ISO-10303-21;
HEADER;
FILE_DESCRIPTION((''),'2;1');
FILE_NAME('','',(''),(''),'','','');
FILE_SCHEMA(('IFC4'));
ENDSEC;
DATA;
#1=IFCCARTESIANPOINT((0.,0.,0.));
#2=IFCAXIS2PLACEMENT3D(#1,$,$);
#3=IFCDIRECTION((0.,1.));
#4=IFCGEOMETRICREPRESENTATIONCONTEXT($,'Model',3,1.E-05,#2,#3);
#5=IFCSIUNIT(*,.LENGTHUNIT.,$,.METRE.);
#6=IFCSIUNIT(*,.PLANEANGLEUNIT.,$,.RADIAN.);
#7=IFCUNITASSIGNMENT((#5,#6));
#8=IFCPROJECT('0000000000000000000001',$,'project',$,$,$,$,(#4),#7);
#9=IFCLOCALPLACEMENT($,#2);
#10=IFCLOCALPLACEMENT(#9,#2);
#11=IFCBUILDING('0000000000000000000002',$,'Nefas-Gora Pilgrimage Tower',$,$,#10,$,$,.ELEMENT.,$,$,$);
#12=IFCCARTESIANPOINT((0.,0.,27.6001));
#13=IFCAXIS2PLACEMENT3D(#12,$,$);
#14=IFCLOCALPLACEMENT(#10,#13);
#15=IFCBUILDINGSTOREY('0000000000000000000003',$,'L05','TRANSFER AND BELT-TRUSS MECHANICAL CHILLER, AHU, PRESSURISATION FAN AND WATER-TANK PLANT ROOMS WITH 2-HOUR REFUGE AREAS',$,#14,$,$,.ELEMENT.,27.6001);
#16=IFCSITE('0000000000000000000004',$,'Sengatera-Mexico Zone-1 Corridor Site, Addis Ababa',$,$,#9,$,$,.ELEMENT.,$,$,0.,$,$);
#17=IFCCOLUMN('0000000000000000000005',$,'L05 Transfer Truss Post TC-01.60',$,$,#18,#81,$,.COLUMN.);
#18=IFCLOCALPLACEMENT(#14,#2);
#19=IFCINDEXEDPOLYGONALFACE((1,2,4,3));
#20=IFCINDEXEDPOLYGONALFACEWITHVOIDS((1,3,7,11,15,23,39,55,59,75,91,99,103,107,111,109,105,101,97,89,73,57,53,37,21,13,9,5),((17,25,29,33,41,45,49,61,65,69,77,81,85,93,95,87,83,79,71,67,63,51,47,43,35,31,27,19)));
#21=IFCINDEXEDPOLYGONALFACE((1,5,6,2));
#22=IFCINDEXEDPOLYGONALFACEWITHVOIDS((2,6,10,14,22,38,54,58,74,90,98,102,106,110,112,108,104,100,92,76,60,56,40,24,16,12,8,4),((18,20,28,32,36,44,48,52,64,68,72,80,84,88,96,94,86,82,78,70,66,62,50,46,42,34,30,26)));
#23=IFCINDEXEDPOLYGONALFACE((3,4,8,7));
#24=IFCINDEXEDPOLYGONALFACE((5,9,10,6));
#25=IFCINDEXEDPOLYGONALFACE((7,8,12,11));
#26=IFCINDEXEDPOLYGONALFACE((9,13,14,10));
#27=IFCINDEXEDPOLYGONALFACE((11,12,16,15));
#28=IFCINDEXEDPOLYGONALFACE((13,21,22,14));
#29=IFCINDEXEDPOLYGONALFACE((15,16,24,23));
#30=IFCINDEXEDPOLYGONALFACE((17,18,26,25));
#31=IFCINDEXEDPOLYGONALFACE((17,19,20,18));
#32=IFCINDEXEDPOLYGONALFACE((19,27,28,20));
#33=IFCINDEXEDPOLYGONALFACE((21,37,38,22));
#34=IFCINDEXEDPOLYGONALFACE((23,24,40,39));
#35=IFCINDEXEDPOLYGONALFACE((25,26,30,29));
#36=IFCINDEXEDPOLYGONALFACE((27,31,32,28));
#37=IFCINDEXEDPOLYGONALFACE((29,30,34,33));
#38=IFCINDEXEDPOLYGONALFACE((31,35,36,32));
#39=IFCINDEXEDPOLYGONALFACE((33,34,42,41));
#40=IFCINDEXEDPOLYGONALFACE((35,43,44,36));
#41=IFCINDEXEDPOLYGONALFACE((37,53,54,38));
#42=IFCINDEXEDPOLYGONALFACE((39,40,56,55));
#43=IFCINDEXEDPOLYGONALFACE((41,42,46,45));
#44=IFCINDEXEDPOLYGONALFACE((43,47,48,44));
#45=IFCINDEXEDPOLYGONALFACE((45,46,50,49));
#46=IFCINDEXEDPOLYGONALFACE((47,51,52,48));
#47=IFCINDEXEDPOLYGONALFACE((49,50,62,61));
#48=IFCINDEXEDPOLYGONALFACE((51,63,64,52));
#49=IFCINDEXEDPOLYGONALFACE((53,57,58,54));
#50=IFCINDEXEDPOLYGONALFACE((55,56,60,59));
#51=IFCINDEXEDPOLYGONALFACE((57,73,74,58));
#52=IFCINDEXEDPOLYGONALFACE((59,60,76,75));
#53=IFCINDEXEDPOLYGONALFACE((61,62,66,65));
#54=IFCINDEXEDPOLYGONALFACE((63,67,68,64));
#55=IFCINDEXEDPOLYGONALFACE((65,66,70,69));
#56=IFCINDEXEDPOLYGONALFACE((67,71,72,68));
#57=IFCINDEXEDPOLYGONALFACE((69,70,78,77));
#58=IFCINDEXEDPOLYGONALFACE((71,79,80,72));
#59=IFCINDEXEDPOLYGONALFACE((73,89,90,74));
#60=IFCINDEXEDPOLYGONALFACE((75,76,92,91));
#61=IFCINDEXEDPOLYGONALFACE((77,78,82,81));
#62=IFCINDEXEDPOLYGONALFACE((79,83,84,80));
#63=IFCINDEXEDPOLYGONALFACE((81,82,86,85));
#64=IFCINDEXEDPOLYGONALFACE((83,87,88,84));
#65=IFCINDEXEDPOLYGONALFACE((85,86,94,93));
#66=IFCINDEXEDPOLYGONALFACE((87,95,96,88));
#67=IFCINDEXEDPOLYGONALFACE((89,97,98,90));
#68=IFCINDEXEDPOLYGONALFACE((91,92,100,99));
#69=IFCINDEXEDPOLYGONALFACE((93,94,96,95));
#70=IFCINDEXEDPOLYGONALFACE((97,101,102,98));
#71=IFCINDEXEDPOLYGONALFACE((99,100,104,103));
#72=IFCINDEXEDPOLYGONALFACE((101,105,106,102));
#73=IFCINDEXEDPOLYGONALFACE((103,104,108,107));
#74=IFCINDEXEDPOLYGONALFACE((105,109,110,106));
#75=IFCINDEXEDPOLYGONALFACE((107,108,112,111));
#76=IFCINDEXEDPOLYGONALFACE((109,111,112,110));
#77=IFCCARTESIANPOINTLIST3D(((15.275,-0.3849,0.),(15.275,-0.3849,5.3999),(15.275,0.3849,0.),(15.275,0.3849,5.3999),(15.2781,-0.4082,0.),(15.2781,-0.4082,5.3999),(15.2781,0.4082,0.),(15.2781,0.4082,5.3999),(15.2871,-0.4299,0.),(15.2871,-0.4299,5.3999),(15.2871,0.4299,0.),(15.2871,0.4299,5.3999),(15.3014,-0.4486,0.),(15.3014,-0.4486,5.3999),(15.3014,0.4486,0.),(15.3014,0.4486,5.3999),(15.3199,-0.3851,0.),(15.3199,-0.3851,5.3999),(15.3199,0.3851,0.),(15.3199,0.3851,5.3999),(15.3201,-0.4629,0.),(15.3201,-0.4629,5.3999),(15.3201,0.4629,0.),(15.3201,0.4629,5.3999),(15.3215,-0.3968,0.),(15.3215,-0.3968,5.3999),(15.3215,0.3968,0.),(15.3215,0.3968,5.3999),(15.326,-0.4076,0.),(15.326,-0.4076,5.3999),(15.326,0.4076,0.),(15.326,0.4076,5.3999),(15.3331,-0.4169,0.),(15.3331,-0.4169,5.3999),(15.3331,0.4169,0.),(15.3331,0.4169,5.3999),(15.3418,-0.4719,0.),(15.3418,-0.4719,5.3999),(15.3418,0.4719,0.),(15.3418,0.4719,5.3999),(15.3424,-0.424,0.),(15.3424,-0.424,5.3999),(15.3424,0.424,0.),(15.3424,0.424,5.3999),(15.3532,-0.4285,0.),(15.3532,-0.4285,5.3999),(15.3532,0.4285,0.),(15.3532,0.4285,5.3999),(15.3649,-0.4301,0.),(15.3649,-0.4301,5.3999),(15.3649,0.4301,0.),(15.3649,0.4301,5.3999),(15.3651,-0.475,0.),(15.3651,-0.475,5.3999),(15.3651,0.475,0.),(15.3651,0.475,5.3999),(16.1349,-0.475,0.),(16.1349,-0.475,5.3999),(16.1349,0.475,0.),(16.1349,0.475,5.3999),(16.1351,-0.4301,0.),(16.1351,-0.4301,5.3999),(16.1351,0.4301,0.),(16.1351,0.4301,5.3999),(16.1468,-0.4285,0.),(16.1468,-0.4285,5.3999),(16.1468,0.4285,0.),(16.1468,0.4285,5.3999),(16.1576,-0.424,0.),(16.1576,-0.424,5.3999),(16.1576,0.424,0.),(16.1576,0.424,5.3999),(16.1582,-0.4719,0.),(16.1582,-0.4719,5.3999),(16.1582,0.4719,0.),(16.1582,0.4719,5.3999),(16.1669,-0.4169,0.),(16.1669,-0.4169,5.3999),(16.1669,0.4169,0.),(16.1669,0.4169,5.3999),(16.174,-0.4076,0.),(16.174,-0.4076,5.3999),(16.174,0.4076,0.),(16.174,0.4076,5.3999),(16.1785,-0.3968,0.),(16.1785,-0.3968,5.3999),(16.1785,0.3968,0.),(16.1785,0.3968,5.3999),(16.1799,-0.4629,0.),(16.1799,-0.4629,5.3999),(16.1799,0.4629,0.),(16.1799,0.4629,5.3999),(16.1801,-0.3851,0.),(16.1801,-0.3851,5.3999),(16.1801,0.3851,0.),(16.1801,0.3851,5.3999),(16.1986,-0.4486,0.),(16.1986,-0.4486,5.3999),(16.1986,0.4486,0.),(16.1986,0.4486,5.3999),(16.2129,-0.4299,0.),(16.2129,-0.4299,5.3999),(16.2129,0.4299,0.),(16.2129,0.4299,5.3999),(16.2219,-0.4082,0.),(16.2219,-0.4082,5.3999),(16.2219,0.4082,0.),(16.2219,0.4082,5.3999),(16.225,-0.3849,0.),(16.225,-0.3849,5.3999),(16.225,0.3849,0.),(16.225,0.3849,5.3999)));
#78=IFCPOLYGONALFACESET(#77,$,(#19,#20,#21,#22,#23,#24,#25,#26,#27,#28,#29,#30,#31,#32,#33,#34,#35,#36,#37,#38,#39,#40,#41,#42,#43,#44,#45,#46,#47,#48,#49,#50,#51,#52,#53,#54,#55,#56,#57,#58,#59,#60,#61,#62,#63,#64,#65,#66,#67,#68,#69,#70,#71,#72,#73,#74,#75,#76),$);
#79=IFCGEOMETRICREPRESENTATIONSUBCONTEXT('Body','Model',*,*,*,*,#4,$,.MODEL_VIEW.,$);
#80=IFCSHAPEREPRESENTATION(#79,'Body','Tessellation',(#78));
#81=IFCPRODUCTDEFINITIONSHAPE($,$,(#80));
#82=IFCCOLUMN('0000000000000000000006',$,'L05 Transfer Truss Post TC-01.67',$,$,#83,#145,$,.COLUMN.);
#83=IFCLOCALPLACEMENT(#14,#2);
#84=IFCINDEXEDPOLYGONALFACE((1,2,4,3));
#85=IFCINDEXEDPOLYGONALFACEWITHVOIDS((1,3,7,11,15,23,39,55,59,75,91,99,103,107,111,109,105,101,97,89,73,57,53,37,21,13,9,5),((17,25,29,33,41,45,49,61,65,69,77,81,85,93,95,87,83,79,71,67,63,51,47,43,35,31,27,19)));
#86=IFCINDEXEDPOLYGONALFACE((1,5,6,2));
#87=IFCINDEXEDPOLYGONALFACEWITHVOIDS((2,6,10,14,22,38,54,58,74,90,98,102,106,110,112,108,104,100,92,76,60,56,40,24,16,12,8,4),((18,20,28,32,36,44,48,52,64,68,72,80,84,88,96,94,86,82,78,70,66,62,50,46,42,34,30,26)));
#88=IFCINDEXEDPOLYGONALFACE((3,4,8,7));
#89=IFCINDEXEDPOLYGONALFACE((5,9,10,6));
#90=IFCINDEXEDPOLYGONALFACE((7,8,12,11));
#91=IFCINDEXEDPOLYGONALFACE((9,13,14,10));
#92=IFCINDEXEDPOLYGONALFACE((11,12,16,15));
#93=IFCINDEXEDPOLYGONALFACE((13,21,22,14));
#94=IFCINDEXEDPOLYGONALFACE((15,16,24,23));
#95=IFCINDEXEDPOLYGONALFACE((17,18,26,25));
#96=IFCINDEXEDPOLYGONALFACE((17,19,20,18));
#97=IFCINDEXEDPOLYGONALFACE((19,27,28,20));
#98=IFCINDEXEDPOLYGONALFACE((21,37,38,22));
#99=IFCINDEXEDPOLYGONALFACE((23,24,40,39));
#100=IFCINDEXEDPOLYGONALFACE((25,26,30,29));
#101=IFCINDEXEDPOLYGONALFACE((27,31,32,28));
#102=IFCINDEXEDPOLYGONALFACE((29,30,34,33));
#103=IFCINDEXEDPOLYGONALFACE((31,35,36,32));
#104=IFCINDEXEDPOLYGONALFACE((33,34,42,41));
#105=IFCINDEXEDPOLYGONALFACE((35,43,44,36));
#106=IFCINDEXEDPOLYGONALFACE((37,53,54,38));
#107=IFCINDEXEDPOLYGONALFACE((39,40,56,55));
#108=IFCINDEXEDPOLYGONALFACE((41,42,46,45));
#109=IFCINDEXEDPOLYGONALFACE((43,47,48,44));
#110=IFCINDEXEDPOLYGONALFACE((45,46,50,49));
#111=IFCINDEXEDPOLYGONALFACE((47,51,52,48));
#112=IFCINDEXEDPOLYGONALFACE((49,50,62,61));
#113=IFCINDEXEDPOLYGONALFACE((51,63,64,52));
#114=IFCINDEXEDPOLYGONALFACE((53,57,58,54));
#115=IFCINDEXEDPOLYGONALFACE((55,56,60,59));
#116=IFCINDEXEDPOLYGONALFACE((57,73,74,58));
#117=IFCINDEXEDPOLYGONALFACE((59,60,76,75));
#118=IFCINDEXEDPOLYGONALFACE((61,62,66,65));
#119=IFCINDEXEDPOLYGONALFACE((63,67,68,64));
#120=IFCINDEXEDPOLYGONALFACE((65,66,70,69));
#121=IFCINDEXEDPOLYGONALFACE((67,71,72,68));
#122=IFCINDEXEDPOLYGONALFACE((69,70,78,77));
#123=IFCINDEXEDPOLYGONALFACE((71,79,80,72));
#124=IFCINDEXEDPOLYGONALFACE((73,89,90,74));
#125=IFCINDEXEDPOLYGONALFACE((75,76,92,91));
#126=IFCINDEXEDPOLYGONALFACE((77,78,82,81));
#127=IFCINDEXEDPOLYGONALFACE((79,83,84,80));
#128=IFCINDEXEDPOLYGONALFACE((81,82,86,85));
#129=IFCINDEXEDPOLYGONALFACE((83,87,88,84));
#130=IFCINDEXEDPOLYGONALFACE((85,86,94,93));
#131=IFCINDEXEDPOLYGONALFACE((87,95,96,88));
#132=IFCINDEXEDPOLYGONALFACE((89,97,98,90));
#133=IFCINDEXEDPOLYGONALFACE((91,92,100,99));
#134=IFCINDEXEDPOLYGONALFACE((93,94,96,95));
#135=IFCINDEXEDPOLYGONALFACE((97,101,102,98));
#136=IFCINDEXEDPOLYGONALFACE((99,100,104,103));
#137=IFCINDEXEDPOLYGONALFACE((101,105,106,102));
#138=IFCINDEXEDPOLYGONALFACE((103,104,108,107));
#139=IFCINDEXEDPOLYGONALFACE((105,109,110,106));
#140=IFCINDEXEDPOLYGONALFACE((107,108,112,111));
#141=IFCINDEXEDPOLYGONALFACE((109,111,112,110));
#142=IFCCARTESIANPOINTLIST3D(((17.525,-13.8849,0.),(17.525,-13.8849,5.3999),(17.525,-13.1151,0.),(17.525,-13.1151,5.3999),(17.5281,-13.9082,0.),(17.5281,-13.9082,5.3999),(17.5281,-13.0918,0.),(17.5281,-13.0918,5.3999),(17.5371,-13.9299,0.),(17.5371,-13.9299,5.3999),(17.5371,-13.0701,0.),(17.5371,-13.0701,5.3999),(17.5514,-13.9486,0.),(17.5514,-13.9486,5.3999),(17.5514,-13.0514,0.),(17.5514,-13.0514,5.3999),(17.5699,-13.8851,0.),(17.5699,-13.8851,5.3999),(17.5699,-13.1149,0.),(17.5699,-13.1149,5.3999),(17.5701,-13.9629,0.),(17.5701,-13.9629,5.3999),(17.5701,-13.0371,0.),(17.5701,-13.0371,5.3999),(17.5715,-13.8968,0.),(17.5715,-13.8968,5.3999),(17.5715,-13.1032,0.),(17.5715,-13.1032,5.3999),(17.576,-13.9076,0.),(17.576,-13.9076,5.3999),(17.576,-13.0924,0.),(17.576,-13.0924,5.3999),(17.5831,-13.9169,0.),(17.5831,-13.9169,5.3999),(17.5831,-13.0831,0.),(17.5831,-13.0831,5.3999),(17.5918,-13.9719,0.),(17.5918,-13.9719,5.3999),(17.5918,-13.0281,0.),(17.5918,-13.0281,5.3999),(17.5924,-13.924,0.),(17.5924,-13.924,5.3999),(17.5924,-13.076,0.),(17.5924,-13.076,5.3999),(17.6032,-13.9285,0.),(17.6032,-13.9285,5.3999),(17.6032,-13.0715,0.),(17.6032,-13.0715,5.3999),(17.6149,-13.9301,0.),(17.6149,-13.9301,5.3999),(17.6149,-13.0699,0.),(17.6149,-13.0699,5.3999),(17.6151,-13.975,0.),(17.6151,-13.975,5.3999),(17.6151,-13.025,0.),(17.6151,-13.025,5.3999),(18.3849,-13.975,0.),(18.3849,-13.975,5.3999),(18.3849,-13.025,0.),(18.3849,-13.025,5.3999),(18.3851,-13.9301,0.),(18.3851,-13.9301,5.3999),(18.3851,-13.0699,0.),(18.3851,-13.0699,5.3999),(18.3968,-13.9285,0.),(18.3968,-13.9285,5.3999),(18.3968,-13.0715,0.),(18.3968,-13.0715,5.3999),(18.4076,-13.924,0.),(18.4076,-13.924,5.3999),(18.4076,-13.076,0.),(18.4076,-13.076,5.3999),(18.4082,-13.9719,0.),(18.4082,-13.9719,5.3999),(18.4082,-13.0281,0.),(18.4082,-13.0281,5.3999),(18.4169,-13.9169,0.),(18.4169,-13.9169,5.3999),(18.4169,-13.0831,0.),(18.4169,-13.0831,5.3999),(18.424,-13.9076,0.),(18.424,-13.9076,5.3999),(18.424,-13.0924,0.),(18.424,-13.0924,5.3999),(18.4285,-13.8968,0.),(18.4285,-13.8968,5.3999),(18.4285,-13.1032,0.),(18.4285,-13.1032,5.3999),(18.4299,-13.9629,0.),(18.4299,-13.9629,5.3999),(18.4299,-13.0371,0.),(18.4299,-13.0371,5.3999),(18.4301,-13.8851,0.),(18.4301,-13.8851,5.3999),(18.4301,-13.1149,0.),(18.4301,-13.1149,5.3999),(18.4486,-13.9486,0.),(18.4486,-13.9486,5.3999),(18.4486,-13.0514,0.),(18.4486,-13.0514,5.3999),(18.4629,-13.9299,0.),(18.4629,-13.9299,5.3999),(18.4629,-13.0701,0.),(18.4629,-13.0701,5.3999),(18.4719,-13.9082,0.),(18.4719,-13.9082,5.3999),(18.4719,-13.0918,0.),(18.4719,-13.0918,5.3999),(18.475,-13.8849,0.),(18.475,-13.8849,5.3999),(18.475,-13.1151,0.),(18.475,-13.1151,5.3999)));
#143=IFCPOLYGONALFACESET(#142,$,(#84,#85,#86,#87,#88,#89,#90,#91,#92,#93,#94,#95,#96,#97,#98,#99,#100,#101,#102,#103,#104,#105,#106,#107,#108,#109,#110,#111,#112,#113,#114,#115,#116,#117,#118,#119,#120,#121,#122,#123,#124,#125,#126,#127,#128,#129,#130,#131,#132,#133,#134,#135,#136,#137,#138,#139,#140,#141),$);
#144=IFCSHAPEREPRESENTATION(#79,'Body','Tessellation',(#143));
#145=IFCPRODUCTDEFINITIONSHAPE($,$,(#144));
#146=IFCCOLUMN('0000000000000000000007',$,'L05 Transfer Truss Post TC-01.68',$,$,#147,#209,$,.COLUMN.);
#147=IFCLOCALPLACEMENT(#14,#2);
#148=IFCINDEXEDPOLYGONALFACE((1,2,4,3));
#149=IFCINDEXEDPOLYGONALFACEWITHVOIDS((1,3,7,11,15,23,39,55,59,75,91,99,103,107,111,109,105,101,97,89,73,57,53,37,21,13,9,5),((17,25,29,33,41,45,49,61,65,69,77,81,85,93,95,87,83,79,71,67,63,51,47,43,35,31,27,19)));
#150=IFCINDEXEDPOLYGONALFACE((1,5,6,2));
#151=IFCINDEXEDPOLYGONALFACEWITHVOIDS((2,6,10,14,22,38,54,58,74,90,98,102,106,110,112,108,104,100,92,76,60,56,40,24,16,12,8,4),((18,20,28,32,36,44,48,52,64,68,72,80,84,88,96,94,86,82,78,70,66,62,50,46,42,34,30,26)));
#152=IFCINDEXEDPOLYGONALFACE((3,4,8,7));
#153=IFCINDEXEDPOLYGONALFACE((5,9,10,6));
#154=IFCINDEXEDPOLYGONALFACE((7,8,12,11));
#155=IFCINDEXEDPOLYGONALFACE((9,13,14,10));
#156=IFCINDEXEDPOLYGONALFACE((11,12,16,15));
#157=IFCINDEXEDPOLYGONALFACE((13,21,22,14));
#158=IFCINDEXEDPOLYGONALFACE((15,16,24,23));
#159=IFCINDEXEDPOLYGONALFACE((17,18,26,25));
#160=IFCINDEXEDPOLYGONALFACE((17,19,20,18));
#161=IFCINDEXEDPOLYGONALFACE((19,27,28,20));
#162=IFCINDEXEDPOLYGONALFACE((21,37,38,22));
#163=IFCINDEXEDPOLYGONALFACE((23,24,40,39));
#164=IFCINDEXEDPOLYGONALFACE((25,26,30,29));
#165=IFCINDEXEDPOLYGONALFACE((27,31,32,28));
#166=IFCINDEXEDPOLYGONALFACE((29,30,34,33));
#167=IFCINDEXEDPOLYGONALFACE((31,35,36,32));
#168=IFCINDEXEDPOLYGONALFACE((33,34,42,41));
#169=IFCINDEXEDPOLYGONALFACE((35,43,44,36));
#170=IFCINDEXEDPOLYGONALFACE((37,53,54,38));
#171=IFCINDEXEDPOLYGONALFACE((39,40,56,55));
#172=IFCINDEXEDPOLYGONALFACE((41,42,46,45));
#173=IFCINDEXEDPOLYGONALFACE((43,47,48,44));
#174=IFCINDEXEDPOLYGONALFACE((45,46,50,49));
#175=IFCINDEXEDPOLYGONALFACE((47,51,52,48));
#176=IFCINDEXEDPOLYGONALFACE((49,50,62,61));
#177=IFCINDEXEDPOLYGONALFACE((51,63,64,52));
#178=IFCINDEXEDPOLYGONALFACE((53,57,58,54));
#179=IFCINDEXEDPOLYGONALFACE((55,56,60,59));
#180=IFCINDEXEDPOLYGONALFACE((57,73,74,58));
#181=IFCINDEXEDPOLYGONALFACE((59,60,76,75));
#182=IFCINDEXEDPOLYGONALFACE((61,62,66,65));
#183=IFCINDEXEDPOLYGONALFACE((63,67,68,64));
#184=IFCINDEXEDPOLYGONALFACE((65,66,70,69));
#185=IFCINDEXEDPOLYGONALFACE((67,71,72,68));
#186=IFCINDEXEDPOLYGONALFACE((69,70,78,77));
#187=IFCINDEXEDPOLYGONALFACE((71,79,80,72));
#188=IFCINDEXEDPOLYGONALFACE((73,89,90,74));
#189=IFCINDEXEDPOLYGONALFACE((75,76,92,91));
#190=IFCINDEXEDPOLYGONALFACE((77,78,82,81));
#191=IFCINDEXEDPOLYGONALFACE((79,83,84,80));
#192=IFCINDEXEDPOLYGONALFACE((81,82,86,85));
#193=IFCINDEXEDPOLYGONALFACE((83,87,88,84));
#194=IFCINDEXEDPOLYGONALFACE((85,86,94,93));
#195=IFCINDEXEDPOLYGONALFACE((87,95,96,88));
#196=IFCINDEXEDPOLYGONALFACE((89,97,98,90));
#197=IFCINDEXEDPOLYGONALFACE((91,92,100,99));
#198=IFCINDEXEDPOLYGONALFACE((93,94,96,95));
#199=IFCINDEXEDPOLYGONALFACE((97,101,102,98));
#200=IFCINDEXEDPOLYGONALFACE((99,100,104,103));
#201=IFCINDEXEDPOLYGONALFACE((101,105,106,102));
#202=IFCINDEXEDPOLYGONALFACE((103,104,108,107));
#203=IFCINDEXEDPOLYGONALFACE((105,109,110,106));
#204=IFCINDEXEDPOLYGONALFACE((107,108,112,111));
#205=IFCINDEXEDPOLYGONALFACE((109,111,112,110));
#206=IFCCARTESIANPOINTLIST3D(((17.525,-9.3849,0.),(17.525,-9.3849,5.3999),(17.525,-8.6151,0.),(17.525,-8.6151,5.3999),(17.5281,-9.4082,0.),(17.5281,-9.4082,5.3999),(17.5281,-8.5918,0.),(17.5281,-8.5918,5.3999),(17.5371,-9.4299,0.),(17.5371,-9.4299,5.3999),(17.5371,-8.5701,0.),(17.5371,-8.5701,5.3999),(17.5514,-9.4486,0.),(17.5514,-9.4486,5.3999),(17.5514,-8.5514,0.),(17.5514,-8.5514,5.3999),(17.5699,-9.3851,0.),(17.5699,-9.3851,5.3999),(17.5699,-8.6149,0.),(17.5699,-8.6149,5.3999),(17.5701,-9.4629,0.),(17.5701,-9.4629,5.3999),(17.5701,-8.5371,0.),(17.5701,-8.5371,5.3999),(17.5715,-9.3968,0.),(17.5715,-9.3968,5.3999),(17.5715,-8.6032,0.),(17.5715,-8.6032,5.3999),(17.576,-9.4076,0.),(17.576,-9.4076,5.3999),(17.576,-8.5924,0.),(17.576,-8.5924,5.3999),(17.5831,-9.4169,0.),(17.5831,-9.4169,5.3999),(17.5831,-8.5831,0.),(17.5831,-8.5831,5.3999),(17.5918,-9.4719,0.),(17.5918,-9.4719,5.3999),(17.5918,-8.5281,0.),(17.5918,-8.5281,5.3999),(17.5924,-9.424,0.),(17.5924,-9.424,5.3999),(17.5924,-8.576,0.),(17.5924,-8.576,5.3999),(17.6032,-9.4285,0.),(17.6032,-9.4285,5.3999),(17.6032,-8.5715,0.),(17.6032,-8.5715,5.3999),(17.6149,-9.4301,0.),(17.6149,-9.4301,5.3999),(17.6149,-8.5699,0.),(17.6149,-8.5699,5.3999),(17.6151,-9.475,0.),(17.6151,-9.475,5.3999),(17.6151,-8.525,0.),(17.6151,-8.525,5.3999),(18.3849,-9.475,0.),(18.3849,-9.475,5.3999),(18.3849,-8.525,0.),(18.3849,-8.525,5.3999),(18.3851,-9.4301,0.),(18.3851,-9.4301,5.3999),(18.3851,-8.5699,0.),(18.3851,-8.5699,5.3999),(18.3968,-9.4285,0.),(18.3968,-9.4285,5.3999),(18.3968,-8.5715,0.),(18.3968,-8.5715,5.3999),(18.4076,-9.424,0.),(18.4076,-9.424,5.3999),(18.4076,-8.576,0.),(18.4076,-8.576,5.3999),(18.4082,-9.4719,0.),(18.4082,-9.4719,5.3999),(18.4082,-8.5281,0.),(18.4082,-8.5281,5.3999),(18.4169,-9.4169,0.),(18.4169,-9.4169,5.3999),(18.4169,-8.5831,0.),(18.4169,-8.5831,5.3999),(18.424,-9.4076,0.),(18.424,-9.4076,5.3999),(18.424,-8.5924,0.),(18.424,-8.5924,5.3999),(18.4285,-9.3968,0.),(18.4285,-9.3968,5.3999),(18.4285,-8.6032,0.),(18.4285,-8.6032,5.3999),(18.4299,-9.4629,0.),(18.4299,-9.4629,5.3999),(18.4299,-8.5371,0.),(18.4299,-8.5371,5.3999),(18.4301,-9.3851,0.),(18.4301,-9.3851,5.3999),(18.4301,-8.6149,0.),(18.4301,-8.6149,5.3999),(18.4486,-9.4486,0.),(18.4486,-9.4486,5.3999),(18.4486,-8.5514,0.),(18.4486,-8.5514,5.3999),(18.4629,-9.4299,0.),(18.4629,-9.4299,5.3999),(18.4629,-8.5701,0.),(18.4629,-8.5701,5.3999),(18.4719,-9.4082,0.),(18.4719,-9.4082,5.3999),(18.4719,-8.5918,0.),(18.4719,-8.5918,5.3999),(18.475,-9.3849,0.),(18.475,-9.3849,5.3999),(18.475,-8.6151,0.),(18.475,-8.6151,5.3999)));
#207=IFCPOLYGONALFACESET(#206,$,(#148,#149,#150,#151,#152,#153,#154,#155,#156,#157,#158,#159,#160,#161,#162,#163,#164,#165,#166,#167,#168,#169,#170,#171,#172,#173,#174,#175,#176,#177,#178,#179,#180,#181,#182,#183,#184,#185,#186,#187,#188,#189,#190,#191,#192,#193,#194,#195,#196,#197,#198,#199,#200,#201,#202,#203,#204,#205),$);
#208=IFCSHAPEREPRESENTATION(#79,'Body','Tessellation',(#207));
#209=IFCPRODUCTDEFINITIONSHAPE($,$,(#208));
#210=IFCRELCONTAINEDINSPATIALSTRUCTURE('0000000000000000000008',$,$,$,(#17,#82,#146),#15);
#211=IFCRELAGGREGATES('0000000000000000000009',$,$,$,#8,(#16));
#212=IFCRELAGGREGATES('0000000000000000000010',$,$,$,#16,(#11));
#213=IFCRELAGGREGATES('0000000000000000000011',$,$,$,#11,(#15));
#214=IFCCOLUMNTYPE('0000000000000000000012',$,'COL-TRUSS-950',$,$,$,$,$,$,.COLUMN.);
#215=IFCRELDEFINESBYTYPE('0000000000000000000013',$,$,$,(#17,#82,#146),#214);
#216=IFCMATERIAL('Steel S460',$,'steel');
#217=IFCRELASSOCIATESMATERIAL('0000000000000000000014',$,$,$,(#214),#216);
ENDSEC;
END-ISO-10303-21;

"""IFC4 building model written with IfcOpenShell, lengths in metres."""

from ifc_helpers import new_model, si_unit, direction, frame, origin, origin_2d, place, context, subcontext, project, spatial, hollow_rectangle, extrude, source, transform, mapped, material, material_profile, profile_set, type_object, element, save


model = new_model("IFC4")

# Units and contexts
model_context = context("Model", 3, precision=1e-05, world=origin(), true_north=direction((0.0, 1.0)))
body_context = subcontext(model_context, "Body", "Model", "MODEL_VIEW")
ifc_project = project(units=[si_unit("LENGTHUNIT", "METRE"), si_unit("PLANEANGLEUNIT", "RADIAN")], contexts=[model_context])

# Site, building, storey
site_placement = place(None, origin())
site = spatial("IfcSite", under=ifc_project, at=site_placement, Name="Sengatera-Mexico Zone-1 Corridor Site, Addis Ababa", CompositionType="ELEMENT", RefElevation=0.0)
building_placement = place(site_placement, origin())
building = spatial("IfcBuilding", under=site, at=building_placement, Name="Nefas-Gora Pilgrimage Tower", CompositionType="ELEMENT")
storey_placement = place(building_placement, frame((0.0, 0.0, 27.6001)))
storey = spatial("IfcBuildingStorey", under=building, at=storey_placement, Name="L05", Description="TRANSFER AND BELT-TRUSS MECHANICAL CHILLER, AHU, PRESSURISATION FAN AND WATER-TANK PLANT ROOMS WITH 2-HOUR REFUGE AREAS", CompositionType="ELEMENT", Elevation=27.6001)

# Columns
ifc_material_1 = material(Name="Steel S460", Category="steel")
ifc_material_profile_1 = material_profile(ifc_material_1, hollow_rectangle(XDim=0.95, YDim=0.95, WallThickness=0.0449, InnerFilletRadius=0.0449, OuterFilletRadius=0.0901, at=origin_2d()), Name="BOX 950x950x45")
ifc_profile_set_1 = profile_set([ifc_material_profile_1], Name="Steel S460")
column_type = type_object("IfcColumnType", Name="COL-TRUSS-950", PredefinedType="COLUMN", material=ifc_profile_set_1)
shared_shape_1 = source(origin(), body_context, "Body", "SweptSolid", [
    extrude(hollow_rectangle(XDim=0.95, YDim=0.95, WallThickness=0.0449, InnerFilletRadius=0.0449, OuterFilletRadius=0.0901, at=origin_2d()), origin(), (0.0, 0.0, 1.0), 5.3999),
])
for number, where, z_axis, x_axis, name in (
    (1, (15.75, 0.0, 0.0), (0.0, 0.0, 1.0), (1.0, 0.0, 0.0), "L05 Transfer Truss Post TC-01.60"),
    (2, (18.0, -13.5, 0.0), (0.0, 0.0, 1.0), (1.0, 0.0, 0.0), "L05 Transfer Truss Post TC-01.67"),
    (3, (18.0, -9.0, 0.0), (0.0, 0.0, 1.0), (1.0, 0.0, 0.0), "L05 Transfer Truss Post TC-01.68"),
):
    element("IfcColumn", number, at=place(storey_placement, frame(where, z_axis=z_axis, x_axis=x_axis)), inside=storey, type_object=column_type, Name=name, PredefinedType="COLUMN", context=body_context, shape_type="MappedRepresentation", body=[
        mapped(shared_shape_1, transform((0.0, 0.0, 0.0), x_axis=(1.0, 0.0, 0.0), y_axis=(0.0, 1.0, 0.0), z_axis=(0.0, 0.0, 1.0), scale=1.0)),
    ])

save(model, "model.ifc")
